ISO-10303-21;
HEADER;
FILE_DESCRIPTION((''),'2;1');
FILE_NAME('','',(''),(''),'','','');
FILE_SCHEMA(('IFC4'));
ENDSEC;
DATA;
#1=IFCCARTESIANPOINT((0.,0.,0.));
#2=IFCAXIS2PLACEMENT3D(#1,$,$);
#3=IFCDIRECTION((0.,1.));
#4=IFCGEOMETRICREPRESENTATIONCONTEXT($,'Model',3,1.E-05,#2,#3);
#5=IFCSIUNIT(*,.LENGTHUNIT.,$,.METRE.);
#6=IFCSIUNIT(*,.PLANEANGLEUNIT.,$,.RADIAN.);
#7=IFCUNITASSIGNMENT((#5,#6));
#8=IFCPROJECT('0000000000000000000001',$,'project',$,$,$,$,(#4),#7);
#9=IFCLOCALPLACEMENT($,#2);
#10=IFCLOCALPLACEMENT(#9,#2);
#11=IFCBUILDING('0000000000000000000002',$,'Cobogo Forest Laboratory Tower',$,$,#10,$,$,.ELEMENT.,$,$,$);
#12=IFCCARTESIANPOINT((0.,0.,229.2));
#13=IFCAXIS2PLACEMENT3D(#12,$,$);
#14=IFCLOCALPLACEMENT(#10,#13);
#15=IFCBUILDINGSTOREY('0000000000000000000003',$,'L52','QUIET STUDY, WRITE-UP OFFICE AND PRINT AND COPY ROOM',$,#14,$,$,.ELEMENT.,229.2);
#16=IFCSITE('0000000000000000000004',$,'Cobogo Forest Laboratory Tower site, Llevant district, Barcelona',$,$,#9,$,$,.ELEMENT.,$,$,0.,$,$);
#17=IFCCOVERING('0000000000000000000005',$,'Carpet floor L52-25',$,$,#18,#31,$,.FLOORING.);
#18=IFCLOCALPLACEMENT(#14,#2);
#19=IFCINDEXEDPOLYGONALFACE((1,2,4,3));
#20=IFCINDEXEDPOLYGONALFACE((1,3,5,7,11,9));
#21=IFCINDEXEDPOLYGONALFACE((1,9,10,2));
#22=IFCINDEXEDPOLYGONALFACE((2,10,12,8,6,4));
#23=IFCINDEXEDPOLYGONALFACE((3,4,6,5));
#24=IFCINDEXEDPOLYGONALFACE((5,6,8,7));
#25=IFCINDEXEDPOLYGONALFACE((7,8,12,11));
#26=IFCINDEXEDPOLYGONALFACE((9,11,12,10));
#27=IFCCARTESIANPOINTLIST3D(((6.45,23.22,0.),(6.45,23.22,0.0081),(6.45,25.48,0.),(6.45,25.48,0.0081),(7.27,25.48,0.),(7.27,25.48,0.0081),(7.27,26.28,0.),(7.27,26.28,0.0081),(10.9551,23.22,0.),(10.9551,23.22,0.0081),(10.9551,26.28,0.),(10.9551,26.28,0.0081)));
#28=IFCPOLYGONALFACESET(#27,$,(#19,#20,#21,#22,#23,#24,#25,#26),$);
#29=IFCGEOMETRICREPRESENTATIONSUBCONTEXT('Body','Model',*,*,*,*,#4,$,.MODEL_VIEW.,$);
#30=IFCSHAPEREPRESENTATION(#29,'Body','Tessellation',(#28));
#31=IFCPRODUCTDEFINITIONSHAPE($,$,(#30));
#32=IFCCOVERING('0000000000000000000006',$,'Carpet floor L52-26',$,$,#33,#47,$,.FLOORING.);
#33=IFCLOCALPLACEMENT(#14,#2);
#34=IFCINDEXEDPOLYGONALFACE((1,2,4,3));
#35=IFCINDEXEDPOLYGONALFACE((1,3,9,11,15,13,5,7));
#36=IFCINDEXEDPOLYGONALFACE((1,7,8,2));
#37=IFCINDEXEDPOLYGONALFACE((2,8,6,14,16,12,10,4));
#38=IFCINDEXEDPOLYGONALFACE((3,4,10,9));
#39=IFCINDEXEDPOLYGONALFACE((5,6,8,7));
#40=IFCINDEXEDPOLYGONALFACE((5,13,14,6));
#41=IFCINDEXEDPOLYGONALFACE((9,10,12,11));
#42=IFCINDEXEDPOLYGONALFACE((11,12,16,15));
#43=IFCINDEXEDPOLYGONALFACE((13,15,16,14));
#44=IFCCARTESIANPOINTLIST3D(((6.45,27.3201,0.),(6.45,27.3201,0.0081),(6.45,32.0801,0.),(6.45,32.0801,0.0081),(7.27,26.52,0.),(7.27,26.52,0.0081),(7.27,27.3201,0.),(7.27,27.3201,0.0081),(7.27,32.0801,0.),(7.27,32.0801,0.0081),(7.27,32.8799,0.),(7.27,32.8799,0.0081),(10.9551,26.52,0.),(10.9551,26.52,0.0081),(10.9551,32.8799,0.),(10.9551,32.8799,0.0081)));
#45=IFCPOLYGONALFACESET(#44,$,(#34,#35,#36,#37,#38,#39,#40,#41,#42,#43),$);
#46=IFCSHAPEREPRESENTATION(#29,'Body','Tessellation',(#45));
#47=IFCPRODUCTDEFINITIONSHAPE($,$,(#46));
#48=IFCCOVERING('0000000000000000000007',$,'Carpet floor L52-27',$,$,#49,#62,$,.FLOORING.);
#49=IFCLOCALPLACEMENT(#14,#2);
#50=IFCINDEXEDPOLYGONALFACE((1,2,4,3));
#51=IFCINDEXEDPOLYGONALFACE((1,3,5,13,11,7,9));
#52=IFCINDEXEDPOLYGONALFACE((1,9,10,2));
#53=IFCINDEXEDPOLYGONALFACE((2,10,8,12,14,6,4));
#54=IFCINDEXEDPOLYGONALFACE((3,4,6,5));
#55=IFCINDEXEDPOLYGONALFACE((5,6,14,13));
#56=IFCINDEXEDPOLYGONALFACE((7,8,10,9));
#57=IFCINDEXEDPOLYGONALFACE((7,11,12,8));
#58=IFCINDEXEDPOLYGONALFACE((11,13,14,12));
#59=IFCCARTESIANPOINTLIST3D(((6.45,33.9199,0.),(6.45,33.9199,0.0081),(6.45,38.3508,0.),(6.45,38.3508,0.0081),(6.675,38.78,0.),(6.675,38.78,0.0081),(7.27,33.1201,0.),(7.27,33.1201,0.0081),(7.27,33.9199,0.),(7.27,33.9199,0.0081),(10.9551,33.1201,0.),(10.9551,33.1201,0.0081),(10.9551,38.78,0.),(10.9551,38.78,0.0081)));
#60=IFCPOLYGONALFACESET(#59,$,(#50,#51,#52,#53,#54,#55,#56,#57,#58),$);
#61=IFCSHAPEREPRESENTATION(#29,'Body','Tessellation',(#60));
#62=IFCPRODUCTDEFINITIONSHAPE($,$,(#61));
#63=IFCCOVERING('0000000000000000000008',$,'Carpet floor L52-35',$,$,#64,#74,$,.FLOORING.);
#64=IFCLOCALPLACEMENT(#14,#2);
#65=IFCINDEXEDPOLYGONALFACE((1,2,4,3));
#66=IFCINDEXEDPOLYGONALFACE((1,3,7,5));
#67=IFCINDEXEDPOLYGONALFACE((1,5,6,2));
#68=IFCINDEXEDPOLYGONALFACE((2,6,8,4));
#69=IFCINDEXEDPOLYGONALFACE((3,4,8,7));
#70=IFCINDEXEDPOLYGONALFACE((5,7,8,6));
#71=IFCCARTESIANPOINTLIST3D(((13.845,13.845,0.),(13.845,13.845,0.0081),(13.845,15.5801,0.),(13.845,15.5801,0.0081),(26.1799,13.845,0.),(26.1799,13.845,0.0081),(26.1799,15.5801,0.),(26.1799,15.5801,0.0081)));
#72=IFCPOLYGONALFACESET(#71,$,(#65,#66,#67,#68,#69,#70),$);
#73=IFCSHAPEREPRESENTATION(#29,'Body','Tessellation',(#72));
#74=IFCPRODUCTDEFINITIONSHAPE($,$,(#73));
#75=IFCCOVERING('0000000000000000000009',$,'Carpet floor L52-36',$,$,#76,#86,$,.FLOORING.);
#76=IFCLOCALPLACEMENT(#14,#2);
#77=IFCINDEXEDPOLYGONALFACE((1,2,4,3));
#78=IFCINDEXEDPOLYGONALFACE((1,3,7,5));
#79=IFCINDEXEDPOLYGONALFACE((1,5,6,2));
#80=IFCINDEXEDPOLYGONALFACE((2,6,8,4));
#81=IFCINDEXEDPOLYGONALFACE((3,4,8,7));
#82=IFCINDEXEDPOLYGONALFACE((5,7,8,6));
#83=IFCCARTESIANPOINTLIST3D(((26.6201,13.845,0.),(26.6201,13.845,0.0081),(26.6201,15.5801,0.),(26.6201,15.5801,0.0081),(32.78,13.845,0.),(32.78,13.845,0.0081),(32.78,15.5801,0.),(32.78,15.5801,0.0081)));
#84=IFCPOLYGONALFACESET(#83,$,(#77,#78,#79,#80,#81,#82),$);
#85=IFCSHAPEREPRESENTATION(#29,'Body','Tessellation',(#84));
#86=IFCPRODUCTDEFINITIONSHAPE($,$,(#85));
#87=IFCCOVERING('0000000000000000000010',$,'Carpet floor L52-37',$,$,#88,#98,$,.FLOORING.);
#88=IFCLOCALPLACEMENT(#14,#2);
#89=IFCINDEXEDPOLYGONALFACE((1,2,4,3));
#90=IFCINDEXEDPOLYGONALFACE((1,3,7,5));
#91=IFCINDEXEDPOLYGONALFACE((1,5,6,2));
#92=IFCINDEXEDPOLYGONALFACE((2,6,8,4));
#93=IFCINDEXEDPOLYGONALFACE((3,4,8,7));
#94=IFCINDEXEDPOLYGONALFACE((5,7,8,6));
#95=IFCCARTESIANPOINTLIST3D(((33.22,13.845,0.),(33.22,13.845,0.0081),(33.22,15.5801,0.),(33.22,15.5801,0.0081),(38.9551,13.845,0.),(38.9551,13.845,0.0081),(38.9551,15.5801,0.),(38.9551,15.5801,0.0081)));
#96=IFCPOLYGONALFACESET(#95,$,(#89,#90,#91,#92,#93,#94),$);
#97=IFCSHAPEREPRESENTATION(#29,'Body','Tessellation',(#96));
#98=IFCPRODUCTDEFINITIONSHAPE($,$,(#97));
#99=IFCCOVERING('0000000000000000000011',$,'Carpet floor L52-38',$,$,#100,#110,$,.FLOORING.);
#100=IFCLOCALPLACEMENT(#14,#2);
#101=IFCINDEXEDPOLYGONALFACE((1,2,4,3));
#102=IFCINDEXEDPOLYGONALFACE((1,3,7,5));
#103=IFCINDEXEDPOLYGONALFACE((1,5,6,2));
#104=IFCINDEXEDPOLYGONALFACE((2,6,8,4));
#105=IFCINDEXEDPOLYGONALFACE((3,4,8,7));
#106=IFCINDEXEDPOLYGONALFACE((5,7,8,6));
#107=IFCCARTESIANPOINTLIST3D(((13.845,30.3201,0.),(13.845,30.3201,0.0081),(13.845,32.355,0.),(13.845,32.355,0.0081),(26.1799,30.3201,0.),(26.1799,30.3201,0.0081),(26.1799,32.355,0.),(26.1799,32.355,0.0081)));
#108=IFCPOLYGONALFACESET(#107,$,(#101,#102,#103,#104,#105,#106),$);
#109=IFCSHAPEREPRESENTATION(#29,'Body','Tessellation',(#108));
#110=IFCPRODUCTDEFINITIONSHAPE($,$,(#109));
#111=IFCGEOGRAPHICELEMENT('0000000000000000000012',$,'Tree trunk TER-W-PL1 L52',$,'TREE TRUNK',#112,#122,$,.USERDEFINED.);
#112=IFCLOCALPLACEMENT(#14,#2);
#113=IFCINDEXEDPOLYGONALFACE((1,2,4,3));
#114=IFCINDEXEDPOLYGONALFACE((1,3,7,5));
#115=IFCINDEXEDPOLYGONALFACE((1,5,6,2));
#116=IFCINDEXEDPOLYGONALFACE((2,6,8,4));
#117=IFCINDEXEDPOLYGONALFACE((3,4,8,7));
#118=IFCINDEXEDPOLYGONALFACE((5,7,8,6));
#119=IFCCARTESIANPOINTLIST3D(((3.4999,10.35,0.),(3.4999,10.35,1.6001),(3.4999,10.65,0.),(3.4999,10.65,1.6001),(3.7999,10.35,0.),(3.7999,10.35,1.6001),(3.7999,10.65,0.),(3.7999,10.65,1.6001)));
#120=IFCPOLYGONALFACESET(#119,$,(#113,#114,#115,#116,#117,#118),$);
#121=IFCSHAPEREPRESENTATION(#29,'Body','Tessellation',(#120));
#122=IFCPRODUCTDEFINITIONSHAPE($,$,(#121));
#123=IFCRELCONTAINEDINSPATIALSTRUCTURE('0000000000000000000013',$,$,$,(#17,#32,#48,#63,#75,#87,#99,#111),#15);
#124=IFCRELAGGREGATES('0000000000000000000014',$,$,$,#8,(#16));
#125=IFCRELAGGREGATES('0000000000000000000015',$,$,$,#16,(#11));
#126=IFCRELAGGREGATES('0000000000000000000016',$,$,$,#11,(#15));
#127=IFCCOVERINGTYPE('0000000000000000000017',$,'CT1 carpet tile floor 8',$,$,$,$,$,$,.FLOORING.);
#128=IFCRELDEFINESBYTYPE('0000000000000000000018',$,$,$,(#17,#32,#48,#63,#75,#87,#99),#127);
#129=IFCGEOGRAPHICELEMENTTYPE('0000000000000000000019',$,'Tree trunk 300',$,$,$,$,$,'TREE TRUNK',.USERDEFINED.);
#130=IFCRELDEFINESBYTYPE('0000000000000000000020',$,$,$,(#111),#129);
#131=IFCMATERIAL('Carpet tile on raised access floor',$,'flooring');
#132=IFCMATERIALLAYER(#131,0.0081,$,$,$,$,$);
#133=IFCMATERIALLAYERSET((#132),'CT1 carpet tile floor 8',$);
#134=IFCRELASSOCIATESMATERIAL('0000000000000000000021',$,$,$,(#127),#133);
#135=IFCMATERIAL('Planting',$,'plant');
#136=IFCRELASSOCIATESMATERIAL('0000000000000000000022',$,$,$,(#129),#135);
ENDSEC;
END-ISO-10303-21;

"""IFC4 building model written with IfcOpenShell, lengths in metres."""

from ifc_helpers import new_model, si_unit, direction, frame, origin, origin_2d, place, context, subcontext, project, spatial, polyline, rectangle, outline, extrude, material, layer, layer_set, type_object, element, save


model = new_model("IFC4")

# Units and contexts
model_context = context("Model", 3, precision=1e-05, world=origin(), true_north=direction((0.0, 1.0)))
body_context = subcontext(model_context, "Body", "Model", "MODEL_VIEW")
ifc_project = project(units=[si_unit("LENGTHUNIT", "METRE"), si_unit("PLANEANGLEUNIT", "RADIAN")], contexts=[model_context])

# Site, building, storey
site_placement = place(None, origin())
site = spatial("IfcSite", under=ifc_project, at=site_placement, Name="Cobogo Forest Laboratory Tower site, Llevant district, Barcelona", CompositionType="ELEMENT", RefElevation=0.0)
building_placement = place(site_placement, origin())
building = spatial("IfcBuilding", under=site, at=building_placement, Name="Cobogo Forest Laboratory Tower", CompositionType="ELEMENT")
storey_placement = place(building_placement, frame((0.0, 0.0, 229.2)))
storey = spatial("IfcBuildingStorey", under=building, at=storey_placement, Name="L52", Description="QUIET STUDY, WRITE-UP OFFICE AND PRINT AND COPY ROOM", CompositionType="ELEMENT", Elevation=229.2)

# Coverings
ifc_material_1 = material(Name="Carpet tile on raised access floor", Category="flooring")
ifc_layer_1 = layer(ifc_material_1, 0.0081)
ifc_layer_set_1 = layer_set([ifc_layer_1], Name="CT1 carpet tile floor 8")
covering_type_1 = type_object("IfcCoveringType", Name="CT1 carpet tile floor 8", PredefinedType="FLOORING", material=ifc_layer_set_1)
covering_1_placement = place(storey_placement, origin())
element("IfcCovering", 1, at=covering_1_placement, inside=storey, type_object=covering_type_1, Name="Carpet floor L52-25", PredefinedType="FLOORING", context=body_context, shape_type="SweptSolid", body=[
    extrude(outline(polyline([(10.9551, 23.22), (6.45, 23.22), (6.45, 25.48), (7.27, 25.48), (7.27, 26.28), (10.9551, 26.28), (10.9551, 23.22)])), origin(), (0.0, 0.0, 1.0), 0.0081),
])
covering_2_placement = place(storey_placement, origin())
element("IfcCovering", 2, at=covering_2_placement, inside=storey, type_object=covering_type_1, Name="Carpet floor L52-26", PredefinedType="FLOORING", context=body_context, shape_type="SweptSolid", body=[
    extrude(outline(polyline([(10.9551, 26.52), (7.27, 26.52), (7.27, 27.3201), (6.45, 27.3201), (6.45, 32.0801), (7.27, 32.0801), (7.27, 32.8799), (10.9551, 32.8799), (10.9551, 26.52)])), origin(), (0.0, 0.0, 1.0), 0.0081),
])
covering_3_placement = place(storey_placement, origin())
element("IfcCovering", 3, at=covering_3_placement, inside=storey, type_object=covering_type_1, Name="Carpet floor L52-27", PredefinedType="FLOORING", context=body_context, shape_type="SweptSolid", body=[
    extrude(outline(polyline([(10.9551, 33.1201), (7.27, 33.1201), (7.27, 33.9199), (6.45, 33.9199), (6.45, 38.3508), (6.675, 38.78), (10.9551, 38.78), (10.9551, 33.1201)])), origin(), (0.0, 0.0, 1.0), 0.0081),
])
covering_4_placement = place(storey_placement, origin())
element("IfcCovering", 4, at=covering_4_placement, inside=storey, type_object=covering_type_1, Name="Carpet floor L52-35", PredefinedType="FLOORING", context=body_context, shape_type="SweptSolid", body=[
    extrude(outline(polyline([(26.1799, 13.845), (13.845, 13.845), (13.845, 15.5801), (26.1799, 15.5801), (26.1799, 13.845)])), origin(), (0.0, 0.0, 1.0), 0.0081),
])
covering_5_placement = place(storey_placement, origin())
element("IfcCovering", 5, at=covering_5_placement, inside=storey, type_object=covering_type_1, Name="Carpet floor L52-36", PredefinedType="FLOORING", context=body_context, shape_type="SweptSolid", body=[
    extrude(outline(polyline([(32.78, 13.845), (26.6201, 13.845), (26.6201, 15.5801), (32.78, 15.5801), (32.78, 13.845)])), origin(), (0.0, 0.0, 1.0), 0.0081),
])
covering_6_placement = place(storey_placement, origin())
element("IfcCovering", 6, at=covering_6_placement, inside=storey, type_object=covering_type_1, Name="Carpet floor L52-37", PredefinedType="FLOORING", context=body_context, shape_type="SweptSolid", body=[
    extrude(outline(polyline([(38.9551, 13.845), (33.22, 13.845), (33.22, 15.5801), (38.9551, 15.5801), (38.9551, 13.845)])), origin(), (0.0, 0.0, 1.0), 0.0081),
])
covering_7_placement = place(storey_placement, origin())
element("IfcCovering", 7, at=covering_7_placement, inside=storey, type_object=covering_type_1, Name="Carpet floor L52-38", PredefinedType="FLOORING", context=body_context, shape_type="SweptSolid", body=[
    extrude(outline(polyline([(26.1799, 30.3201), (13.845, 30.3201), (13.845, 32.355), (26.1799, 32.355), (26.1799, 30.3201)])), origin(), (0.0, 0.0, 1.0), 0.0081),
])

# Geographic element
ifc_material_2 = material(Name="Planting", Category="plant")
geographic_element_type = type_object("IfcGeographicElementType", Name="Tree trunk 300", ElementType="TREE TRUNK", PredefinedType="USERDEFINED", material=ifc_material_2)
geographic_element_placement = place(storey_placement, frame((3.6499, 10.5, 0.0), z_axis=(0.0, 0.0, 1.0), x_axis=(1.0, 0.0, 0.0)))
element("IfcGeographicElement", 8, at=geographic_element_placement, inside=storey, type_object=geographic_element_type, Name="Tree trunk TER-W-PL1 L52", ObjectType="TREE TRUNK", PredefinedType="USERDEFINED", context=body_context, shape_type="SweptSolid", body=[
    extrude(rectangle(XDim=0.3, YDim=0.3, at=origin_2d()), origin(), (0.0, 0.0, 1.0), 1.6001),
])

save(model, "model.ifc")
